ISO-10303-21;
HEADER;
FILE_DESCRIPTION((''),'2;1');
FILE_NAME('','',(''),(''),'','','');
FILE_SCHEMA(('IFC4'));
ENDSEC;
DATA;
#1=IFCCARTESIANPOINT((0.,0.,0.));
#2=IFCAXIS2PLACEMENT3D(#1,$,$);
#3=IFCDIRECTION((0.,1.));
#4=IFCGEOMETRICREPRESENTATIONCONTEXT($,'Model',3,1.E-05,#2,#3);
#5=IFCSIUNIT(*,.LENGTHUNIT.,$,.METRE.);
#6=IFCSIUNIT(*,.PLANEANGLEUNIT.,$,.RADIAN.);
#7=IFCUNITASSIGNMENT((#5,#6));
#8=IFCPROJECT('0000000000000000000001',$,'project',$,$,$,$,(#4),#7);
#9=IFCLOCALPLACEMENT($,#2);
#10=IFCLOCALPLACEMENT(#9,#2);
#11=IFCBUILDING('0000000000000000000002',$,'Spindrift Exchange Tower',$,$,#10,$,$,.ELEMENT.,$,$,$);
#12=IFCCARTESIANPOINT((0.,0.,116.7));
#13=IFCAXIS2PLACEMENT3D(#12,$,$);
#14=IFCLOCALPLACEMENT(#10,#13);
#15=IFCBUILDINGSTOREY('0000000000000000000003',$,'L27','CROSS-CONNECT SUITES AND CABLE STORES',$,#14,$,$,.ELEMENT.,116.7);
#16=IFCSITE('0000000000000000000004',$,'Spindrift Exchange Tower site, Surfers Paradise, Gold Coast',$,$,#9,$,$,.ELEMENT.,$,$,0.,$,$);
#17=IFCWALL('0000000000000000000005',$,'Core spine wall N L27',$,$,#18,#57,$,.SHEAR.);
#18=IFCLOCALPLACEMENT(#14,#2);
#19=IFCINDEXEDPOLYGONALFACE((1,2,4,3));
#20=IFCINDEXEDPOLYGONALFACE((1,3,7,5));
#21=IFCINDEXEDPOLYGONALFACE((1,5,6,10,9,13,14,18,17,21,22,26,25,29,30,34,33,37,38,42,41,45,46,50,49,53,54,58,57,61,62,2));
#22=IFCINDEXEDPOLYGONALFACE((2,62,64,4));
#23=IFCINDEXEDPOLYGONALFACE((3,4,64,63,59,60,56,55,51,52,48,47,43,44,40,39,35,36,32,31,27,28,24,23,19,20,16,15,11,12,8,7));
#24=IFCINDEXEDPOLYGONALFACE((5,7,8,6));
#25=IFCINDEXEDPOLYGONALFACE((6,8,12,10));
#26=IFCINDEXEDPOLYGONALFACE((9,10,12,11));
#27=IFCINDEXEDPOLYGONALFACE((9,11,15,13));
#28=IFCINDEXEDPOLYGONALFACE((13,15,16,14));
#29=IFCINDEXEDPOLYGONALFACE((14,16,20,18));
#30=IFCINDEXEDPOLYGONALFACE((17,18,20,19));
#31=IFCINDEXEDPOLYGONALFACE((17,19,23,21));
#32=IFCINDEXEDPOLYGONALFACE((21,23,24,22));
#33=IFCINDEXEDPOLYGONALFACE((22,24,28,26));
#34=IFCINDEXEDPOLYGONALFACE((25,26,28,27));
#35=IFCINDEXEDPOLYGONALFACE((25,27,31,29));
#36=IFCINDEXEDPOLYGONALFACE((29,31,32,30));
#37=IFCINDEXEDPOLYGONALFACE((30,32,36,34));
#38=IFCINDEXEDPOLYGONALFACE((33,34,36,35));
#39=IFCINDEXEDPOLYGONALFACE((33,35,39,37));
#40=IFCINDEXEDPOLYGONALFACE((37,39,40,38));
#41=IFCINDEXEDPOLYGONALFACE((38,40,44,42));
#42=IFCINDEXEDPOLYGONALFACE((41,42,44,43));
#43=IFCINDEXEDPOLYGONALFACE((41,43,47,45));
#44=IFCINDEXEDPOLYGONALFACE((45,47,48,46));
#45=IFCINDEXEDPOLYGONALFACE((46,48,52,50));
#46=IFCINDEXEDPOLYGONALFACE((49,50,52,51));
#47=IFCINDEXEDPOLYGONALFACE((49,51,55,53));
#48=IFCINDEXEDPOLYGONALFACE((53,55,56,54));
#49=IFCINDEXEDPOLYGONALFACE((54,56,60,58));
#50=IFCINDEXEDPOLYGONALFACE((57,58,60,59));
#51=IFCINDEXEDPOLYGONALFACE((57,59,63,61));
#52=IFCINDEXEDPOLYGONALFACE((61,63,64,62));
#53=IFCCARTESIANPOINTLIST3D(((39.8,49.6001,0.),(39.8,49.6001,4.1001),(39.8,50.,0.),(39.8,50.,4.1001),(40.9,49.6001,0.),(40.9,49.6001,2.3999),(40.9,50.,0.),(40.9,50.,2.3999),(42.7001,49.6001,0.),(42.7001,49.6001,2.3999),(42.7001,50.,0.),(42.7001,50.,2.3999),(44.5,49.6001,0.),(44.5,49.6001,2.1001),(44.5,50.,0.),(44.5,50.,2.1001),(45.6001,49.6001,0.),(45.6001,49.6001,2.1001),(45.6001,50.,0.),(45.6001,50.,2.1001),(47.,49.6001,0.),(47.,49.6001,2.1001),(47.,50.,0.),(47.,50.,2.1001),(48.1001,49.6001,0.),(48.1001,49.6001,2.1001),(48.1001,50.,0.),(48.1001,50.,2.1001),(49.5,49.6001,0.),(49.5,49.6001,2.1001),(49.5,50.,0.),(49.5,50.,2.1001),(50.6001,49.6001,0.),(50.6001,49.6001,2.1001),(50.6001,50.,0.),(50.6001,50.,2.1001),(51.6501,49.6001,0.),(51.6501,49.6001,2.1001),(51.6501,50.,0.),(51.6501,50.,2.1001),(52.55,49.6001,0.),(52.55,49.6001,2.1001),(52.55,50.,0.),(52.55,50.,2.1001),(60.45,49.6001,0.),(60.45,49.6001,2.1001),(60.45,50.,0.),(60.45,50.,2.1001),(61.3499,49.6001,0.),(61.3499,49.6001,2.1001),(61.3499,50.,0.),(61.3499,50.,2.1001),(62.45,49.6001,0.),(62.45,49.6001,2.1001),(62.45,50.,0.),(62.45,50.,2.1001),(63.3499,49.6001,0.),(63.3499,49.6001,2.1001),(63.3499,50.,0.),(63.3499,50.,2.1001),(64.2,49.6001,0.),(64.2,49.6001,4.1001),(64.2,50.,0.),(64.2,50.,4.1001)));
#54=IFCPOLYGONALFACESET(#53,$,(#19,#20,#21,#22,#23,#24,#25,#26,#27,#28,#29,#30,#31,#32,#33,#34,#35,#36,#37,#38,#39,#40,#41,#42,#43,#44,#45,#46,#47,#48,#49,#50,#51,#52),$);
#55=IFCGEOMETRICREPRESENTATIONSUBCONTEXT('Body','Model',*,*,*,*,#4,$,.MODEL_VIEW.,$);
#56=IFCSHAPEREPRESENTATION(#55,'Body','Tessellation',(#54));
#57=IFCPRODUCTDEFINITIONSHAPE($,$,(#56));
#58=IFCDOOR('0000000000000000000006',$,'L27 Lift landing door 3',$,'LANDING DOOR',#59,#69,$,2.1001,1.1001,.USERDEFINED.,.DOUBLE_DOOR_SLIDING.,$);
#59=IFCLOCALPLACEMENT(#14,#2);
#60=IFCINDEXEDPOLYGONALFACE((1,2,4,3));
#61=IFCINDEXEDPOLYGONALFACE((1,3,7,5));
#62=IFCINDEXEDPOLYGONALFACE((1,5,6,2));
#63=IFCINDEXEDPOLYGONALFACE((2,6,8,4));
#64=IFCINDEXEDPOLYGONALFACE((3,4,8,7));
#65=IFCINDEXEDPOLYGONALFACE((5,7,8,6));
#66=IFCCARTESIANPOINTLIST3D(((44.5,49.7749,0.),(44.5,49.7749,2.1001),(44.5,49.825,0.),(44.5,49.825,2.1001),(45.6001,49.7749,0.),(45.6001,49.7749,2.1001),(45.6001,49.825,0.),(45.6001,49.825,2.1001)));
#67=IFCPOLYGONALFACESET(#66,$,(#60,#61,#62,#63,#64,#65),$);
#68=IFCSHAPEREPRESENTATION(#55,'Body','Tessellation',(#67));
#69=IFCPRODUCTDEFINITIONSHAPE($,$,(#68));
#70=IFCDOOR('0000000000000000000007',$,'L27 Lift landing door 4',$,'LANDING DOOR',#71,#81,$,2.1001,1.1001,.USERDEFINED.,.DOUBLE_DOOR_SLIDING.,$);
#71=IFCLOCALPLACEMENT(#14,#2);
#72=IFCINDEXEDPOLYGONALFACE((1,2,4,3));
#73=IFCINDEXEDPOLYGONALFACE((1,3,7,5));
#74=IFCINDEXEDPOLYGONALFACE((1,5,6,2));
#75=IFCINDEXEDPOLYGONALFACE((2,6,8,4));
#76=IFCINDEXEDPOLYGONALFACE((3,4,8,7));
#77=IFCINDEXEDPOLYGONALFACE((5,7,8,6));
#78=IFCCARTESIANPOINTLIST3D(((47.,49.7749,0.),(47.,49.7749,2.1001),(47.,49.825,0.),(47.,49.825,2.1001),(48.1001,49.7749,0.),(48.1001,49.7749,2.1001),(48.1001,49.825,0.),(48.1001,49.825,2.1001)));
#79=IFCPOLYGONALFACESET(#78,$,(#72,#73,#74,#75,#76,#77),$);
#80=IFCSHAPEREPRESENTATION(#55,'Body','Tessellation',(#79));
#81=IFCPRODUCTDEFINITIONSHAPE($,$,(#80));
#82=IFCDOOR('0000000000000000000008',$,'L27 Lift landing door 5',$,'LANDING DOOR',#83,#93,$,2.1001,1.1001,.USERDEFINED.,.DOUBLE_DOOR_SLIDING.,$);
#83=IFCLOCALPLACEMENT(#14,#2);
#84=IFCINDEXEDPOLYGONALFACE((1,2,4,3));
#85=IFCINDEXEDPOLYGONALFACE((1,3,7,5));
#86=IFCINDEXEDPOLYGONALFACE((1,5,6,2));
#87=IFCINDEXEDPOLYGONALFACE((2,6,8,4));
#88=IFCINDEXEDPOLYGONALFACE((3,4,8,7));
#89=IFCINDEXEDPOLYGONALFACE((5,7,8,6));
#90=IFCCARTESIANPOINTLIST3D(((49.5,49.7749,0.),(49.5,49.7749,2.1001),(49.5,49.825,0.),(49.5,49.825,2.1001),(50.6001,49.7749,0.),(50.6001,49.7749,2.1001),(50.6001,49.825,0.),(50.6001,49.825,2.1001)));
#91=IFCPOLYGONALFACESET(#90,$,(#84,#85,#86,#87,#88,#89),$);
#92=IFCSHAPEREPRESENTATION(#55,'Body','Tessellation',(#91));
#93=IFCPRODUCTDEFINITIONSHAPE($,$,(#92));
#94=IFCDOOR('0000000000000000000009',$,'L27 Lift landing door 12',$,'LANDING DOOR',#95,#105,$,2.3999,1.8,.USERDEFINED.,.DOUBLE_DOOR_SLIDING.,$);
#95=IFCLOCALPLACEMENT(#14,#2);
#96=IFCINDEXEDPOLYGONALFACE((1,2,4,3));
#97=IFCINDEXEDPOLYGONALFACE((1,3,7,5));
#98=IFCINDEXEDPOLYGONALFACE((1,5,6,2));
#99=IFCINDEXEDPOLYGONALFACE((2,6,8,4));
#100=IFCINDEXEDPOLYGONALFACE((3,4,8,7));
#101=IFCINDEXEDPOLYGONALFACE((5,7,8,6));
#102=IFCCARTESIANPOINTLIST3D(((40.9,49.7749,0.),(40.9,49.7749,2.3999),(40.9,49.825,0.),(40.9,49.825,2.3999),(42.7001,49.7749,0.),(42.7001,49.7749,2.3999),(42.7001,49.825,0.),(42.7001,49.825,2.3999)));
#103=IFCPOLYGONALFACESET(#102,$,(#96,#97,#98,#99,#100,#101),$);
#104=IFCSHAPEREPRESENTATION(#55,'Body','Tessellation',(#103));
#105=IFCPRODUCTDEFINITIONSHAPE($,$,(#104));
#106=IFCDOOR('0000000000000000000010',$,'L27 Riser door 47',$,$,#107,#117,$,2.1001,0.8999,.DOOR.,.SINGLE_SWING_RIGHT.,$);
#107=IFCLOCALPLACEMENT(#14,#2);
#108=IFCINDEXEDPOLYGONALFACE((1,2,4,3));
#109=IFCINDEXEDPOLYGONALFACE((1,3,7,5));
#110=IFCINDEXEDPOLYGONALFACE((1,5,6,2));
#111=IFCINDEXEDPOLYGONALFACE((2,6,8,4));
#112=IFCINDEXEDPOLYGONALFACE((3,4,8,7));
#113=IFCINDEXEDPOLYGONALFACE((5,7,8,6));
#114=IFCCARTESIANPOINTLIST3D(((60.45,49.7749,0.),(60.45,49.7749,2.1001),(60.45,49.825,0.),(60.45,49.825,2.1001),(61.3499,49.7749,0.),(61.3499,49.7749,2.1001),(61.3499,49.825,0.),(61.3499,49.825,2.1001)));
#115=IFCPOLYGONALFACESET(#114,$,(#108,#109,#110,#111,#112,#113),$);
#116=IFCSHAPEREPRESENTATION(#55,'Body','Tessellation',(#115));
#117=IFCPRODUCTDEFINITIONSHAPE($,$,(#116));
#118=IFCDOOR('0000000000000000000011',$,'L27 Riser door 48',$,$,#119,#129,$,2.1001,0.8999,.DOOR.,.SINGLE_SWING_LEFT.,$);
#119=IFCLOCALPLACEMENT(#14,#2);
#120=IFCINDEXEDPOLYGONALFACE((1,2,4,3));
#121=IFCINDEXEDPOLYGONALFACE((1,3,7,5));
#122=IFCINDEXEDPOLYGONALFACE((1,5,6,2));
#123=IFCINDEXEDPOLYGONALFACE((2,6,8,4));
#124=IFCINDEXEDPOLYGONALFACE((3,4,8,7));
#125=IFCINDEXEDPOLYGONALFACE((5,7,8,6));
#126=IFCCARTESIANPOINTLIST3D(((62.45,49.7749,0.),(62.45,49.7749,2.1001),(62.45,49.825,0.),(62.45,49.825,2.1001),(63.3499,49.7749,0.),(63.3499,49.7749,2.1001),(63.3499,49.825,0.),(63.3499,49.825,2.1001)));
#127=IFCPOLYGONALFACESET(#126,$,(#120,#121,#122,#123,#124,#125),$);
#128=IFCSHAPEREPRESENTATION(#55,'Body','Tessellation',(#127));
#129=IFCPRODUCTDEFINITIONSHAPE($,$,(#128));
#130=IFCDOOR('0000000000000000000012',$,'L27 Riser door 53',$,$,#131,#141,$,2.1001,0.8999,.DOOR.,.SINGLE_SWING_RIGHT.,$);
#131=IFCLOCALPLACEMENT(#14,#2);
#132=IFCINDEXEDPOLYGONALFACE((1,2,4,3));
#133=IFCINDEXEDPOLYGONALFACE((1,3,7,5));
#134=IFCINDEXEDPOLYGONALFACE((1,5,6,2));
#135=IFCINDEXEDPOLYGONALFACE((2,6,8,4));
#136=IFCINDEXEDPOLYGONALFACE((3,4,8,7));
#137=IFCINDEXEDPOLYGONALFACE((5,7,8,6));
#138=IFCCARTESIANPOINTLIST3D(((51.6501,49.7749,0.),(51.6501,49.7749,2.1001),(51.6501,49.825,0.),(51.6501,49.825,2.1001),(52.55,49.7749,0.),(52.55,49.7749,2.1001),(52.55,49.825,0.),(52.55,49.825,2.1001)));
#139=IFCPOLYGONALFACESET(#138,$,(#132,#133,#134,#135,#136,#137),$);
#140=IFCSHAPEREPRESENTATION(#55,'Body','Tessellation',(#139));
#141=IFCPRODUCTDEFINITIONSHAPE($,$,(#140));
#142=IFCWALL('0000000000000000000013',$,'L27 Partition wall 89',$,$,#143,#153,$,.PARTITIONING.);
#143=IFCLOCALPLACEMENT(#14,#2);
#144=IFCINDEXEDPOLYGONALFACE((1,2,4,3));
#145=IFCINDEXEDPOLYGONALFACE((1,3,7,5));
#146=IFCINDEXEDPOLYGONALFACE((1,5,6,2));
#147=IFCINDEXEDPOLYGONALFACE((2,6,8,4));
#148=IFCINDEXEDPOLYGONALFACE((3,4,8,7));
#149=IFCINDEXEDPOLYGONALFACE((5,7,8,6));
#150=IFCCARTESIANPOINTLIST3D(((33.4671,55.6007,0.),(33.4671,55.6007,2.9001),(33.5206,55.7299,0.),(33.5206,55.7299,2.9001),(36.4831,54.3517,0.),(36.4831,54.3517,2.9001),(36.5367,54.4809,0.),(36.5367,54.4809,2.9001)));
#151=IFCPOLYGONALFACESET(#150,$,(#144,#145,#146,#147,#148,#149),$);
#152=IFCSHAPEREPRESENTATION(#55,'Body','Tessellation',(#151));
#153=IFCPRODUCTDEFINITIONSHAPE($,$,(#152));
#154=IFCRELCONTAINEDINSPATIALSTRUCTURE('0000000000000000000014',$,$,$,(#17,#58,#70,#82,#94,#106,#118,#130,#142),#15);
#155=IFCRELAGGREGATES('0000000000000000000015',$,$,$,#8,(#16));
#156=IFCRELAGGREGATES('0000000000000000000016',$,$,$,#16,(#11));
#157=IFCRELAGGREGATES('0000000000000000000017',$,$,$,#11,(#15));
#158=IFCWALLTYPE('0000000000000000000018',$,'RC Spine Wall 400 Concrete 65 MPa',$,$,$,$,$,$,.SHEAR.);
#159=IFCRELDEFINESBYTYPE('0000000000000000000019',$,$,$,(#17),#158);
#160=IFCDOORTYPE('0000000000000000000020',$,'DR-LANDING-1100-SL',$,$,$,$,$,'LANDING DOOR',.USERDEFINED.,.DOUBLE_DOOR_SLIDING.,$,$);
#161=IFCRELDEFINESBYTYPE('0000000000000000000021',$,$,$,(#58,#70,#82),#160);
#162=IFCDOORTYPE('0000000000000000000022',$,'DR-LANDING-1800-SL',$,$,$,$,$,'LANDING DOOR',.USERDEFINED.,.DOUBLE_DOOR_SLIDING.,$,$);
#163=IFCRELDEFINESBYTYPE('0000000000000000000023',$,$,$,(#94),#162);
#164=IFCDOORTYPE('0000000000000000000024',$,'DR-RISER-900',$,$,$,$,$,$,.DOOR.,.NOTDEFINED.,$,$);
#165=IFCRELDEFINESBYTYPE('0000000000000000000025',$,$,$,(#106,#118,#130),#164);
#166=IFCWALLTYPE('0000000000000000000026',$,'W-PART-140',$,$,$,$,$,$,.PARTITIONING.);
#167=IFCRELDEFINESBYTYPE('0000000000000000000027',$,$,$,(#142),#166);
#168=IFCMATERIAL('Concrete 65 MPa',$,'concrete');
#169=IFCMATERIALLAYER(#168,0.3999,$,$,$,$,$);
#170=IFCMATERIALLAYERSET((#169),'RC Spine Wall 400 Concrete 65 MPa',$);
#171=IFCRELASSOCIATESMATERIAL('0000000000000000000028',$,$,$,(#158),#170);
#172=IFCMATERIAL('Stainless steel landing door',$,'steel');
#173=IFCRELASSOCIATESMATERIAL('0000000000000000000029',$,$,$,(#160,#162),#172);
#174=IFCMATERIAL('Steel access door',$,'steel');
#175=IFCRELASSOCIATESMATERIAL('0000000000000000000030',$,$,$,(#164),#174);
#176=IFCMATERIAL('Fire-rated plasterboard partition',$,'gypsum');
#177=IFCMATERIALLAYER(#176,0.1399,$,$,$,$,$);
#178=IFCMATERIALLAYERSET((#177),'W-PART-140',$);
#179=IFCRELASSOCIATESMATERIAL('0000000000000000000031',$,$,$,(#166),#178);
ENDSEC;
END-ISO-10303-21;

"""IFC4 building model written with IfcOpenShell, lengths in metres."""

from ifc_helpers import new_model, si_unit, direction, frame, frame_2d, origin, place, context, subcontext, project, spatial, rectangle, extrude, source, transform, mapped, material, layer, layer_set, type_object, element, fill, save


model = new_model("IFC4")

# Units and contexts
model_context = context("Model", 3, precision=1e-05, world=origin(), true_north=direction((0.0, 1.0)))
body_context = subcontext(model_context, "Body", "Model", "MODEL_VIEW")
ifc_project = project(units=[si_unit("LENGTHUNIT", "METRE"), si_unit("PLANEANGLEUNIT", "RADIAN")], contexts=[model_context])

# Site, building, storey
site_placement = place(None, origin())
site = spatial("IfcSite", under=ifc_project, at=site_placement, Name="Spindrift Exchange Tower site, Surfers Paradise, Gold Coast", CompositionType="ELEMENT", RefElevation=0.0)
building_placement = place(site_placement, origin())
building = spatial("IfcBuilding", under=site, at=building_placement, Name="Spindrift Exchange Tower", CompositionType="ELEMENT")
storey_placement = place(building_placement, frame((0.0, 0.0, 116.7)))
storey = spatial("IfcBuildingStorey", under=building, at=storey_placement, Name="L27", Description="CROSS-CONNECT SUITES AND CABLE STORES", CompositionType="ELEMENT", Elevation=116.7)

# Shared definitions
ifc_material_1 = material(Name="Concrete 65 MPa", Category="concrete")

# Wall, openings, doors
ifc_layer_1 = layer(ifc_material_1, 0.3999)
ifc_layer_set_1 = layer_set([ifc_layer_1], Name="RC Spine Wall 400 Concrete 65 MPa")
wall_type_1 = type_object("IfcWallType", Name="RC Spine Wall 400 Concrete 65 MPa", PredefinedType="SHEAR", material=ifc_layer_set_1)
wall_1_placement = place(storey_placement, frame((39.8, 49.8, 0.0), z_axis=(0.0, 0.0, 1.0), x_axis=(1.0, 0.0, 0.0)))
wall_1 = element("IfcWall", 1, at=wall_1_placement, inside=storey, type_object=wall_type_1, Name="Core spine wall N L27", PredefinedType="SHEAR", context=body_context, shape_type="SweptSolid", body=[
    extrude(rectangle(XDim=24.3999, YDim=0.3999, at=frame_2d((12.2, 0.0))), origin(), (0.0, 0.0, 1.0), 4.1001),
])
opening_1_placement = place(wall_1_placement, frame((4.7, 0.0, 0.0)))
opening_1 = element("IfcOpeningElement", 2, at=opening_1_placement, cuts=wall_1, PredefinedType="OPENING", context=body_context, shape_type="SweptSolid", body=[
    extrude(rectangle(XDim=1.1001, YDim=2.1001, at=frame_2d((0.55, 1.05))), frame((0.0, 0.21, 0.0), z_axis=(0.0, -1.0, 0.0), x_axis=(1.0, 0.0, 0.0)), (0.0, 0.0, 1.0), 0.4199),
])
opening_2_placement = place(wall_1_placement, frame((7.2, 0.0, 0.0)))
opening_2 = element("IfcOpeningElement", 3, at=opening_2_placement, cuts=wall_1, PredefinedType="OPENING", context=body_context, shape_type="SweptSolid", body=[
    extrude(rectangle(XDim=1.1001, YDim=2.1001, at=frame_2d((0.55, 1.05))), frame((0.0, 0.21, 0.0), z_axis=(0.0, -1.0, 0.0), x_axis=(1.0, 0.0, 0.0)), (0.0, 0.0, 1.0), 0.4199),
])
opening_3_placement = place(wall_1_placement, frame((9.7, 0.0, 0.0)))
opening_3 = element("IfcOpeningElement", 4, at=opening_3_placement, cuts=wall_1, PredefinedType="OPENING", context=body_context, shape_type="SweptSolid", body=[
    extrude(rectangle(XDim=1.1001, YDim=2.1001, at=frame_2d((0.55, 1.05))), frame((0.0, 0.21, 0.0), z_axis=(0.0, -1.0, 0.0), x_axis=(1.0, 0.0, 0.0)), (0.0, 0.0, 1.0), 0.4199),
])
opening_4_placement = place(wall_1_placement, frame((1.1001, 0.0, 0.0)))
opening_4 = element("IfcOpeningElement", 5, at=opening_4_placement, cuts=wall_1, PredefinedType="OPENING", context=body_context, shape_type="SweptSolid", body=[
    extrude(rectangle(XDim=1.8, YDim=2.3999, at=frame_2d((0.8999, 1.2))), frame((0.0, 0.21, 0.0), z_axis=(0.0, -1.0, 0.0), x_axis=(1.0, 0.0, 0.0)), (0.0, 0.0, 1.0), 0.4199),
])
opening_5_placement = place(wall_1_placement, frame((20.6499, 0.0, 0.0)))
opening_5 = element("IfcOpeningElement", 6, at=opening_5_placement, cuts=wall_1, PredefinedType="OPENING", context=body_context, shape_type="SweptSolid", body=[
    extrude(rectangle(XDim=0.8999, YDim=2.1001, at=frame_2d((0.45, 1.05))), frame((0.0, 0.21, 0.0), z_axis=(0.0, -1.0, 0.0), x_axis=(1.0, 0.0, 0.0)), (0.0, 0.0, 1.0), 0.4199),
])
opening_6_placement = place(wall_1_placement, frame((22.6499, 0.0, 0.0)))
opening_6 = element("IfcOpeningElement", 7, at=opening_6_placement, cuts=wall_1, PredefinedType="OPENING", context=body_context, shape_type="SweptSolid", body=[
    extrude(rectangle(XDim=0.8999, YDim=2.1001, at=frame_2d((0.45, 1.05))), frame((0.0, 0.21, 0.0), z_axis=(0.0, -1.0, 0.0), x_axis=(1.0, 0.0, 0.0)), (0.0, 0.0, 1.0), 0.4199),
])
opening_7_placement = place(wall_1_placement, frame((11.8501, 0.0, 0.0)))
opening_7 = element("IfcOpeningElement", 8, at=opening_7_placement, cuts=wall_1, PredefinedType="OPENING", context=body_context, shape_type="SweptSolid", body=[
    extrude(rectangle(XDim=0.8999, YDim=2.1001, at=frame_2d((0.45, 1.05))), frame((0.0, 0.21, 0.0), z_axis=(0.0, -1.0, 0.0), x_axis=(1.0, 0.0, 0.0)), (0.0, 0.0, 1.0), 0.4199),
])
ifc_material_2 = material(Name="Stainless steel landing door", Category="steel")
door_type_1 = type_object("IfcDoorType", Name="DR-LANDING-1100-SL", ElementType="LANDING DOOR", OperationType="DOUBLE_DOOR_SLIDING", PredefinedType="USERDEFINED", material=ifc_material_2)
shared_shape_1 = source(origin(), body_context, "Body", "SweptSolid", [
    extrude(rectangle(XDim=1.1001, YDim=2.1001, at=frame_2d((0.55, 1.05))), frame((0.0, 0.0249, 0.0), z_axis=(0.0, -1.0, 0.0), x_axis=(1.0, 0.0, 0.0)), (0.0, 0.0, 1.0), 0.05),
])
door_1_placement = place(opening_1_placement, origin())
door_1 = element("IfcDoor", 9, at=door_1_placement, inside=storey, type_object=door_type_1, Name="L27 Lift landing door 3", ObjectType="LANDING DOOR", OperationType="DOUBLE_DOOR_SLIDING", OverallHeight=2.1001, OverallWidth=1.1001, PredefinedType="USERDEFINED", context=body_context, shape_type="MappedRepresentation", body=[
    mapped(shared_shape_1, transform((0.0, 0.0, 0.0), scale=1.0)),
])
fill(opening_1, door_1)
door_2_placement = place(opening_2_placement, origin())
door_2 = element("IfcDoor", 10, at=door_2_placement, inside=storey, type_object=door_type_1, Name="L27 Lift landing door 4", ObjectType="LANDING DOOR", OperationType="DOUBLE_DOOR_SLIDING", OverallHeight=2.1001, OverallWidth=1.1001, PredefinedType="USERDEFINED", context=body_context, shape_type="MappedRepresentation", body=[
    mapped(shared_shape_1, transform((0.0, 0.0, 0.0), scale=1.0)),
])
fill(opening_2, door_2)
door_3_placement = place(opening_3_placement, origin())
door_3 = element("IfcDoor", 11, at=door_3_placement, inside=storey, type_object=door_type_1, Name="L27 Lift landing door 5", ObjectType="LANDING DOOR", OperationType="DOUBLE_DOOR_SLIDING", OverallHeight=2.1001, OverallWidth=1.1001, PredefinedType="USERDEFINED", context=body_context, shape_type="MappedRepresentation", body=[
    mapped(shared_shape_1, transform((0.0, 0.0, 0.0), scale=1.0)),
])
fill(opening_3, door_3)
door_type_2 = type_object("IfcDoorType", Name="DR-LANDING-1800-SL", ElementType="LANDING DOOR", OperationType="DOUBLE_DOOR_SLIDING", PredefinedType="USERDEFINED", material=ifc_material_2)
shared_shape_2 = source(origin(), body_context, "Body", "SweptSolid", [
    extrude(rectangle(XDim=1.8, YDim=2.3999, at=frame_2d((0.8999, 1.2))), frame((0.0, 0.0249, 0.0), z_axis=(0.0, -1.0, 0.0), x_axis=(1.0, 0.0, 0.0)), (0.0, 0.0, 1.0), 0.05),
])
door_4_placement = place(opening_4_placement, origin())
door_4 = element("IfcDoor", 12, at=door_4_placement, inside=storey, type_object=door_type_2, Name="L27 Lift landing door 12", ObjectType="LANDING DOOR", OperationType="DOUBLE_DOOR_SLIDING", OverallHeight=2.3999, OverallWidth=1.8, PredefinedType="USERDEFINED", context=body_context, shape_type="MappedRepresentation", body=[
    mapped(shared_shape_2, transform((0.0, 0.0, 0.0), scale=1.0)),
])
fill(opening_4, door_4)
ifc_material_3 = material(Name="Steel access door", Category="steel")
door_type_3 = type_object("IfcDoorType", Name="DR-RISER-900", OperationType="NOTDEFINED", PredefinedType="DOOR", material=ifc_material_3)
shared_shape_3 = source(origin(), body_context, "Body", "SweptSolid", [
    extrude(rectangle(XDim=0.8999, YDim=2.1001, at=frame_2d((0.45, 1.05))), frame((0.0, 0.0249, 0.0), z_axis=(0.0, -1.0, 0.0), x_axis=(1.0, 0.0, 0.0)), (0.0, 0.0, 1.0), 0.05),
])
door_5_placement = place(opening_5_placement, origin())
door_5 = element("IfcDoor", 13, at=door_5_placement, inside=storey, type_object=door_type_3, Name="L27 Riser door 47", OperationType="SINGLE_SWING_RIGHT", OverallHeight=2.1001, OverallWidth=0.8999, PredefinedType="DOOR", context=body_context, shape_type="MappedRepresentation", body=[
    mapped(shared_shape_3, transform((0.0, 0.0, 0.0), scale=1.0)),
])
fill(opening_5, door_5)
door_6_placement = place(opening_6_placement, origin())
door_6 = element("IfcDoor", 14, at=door_6_placement, inside=storey, type_object=door_type_3, Name="L27 Riser door 48", OperationType="SINGLE_SWING_LEFT", OverallHeight=2.1001, OverallWidth=0.8999, PredefinedType="DOOR", context=body_context, shape_type="MappedRepresentation", body=[
    mapped(shared_shape_3, transform((0.0, 0.0, 0.0), scale=1.0)),
])
fill(opening_6, door_6)
door_7_placement = place(opening_7_placement, origin())
door_7 = element("IfcDoor", 15, at=door_7_placement, inside=storey, type_object=door_type_3, Name="L27 Riser door 53", OperationType="SINGLE_SWING_RIGHT", OverallHeight=2.1001, OverallWidth=0.8999, PredefinedType="DOOR", context=body_context, shape_type="MappedRepresentation", body=[
    mapped(shared_shape_3, transform((0.0, 0.0, 0.0), scale=1.0)),
])
fill(opening_7, door_7)

# Wall
ifc_material_4 = material(Name="Fire-rated plasterboard partition", Category="gypsum")
ifc_layer_2 = layer(ifc_material_4, 0.1399)
ifc_layer_set_2 = layer_set([ifc_layer_2], Name="W-PART-140")
wall_type_2 = type_object("IfcWallType", Name="W-PART-140", PredefinedType="PARTITIONING", material=ifc_layer_set_2)
wall_2_placement = place(storey_placement, frame((36.51, 54.4163, 0.0), z_axis=(0.0, 0.0, 1.0), x_axis=(-0.923911, 0.382607, 0.0)))
element("IfcWall", 16, at=wall_2_placement, inside=storey, type_object=wall_type_2, Name="L27 Partition wall 89", PredefinedType="PARTITIONING", context=body_context, shape_type="SweptSolid", body=[
    extrude(rectangle(XDim=3.2644, YDim=0.1399, at=frame_2d((1.6323, 0.0))), origin(), (0.0, 0.0, 1.0), 2.9001),
])

save(model, "model.ifc")
